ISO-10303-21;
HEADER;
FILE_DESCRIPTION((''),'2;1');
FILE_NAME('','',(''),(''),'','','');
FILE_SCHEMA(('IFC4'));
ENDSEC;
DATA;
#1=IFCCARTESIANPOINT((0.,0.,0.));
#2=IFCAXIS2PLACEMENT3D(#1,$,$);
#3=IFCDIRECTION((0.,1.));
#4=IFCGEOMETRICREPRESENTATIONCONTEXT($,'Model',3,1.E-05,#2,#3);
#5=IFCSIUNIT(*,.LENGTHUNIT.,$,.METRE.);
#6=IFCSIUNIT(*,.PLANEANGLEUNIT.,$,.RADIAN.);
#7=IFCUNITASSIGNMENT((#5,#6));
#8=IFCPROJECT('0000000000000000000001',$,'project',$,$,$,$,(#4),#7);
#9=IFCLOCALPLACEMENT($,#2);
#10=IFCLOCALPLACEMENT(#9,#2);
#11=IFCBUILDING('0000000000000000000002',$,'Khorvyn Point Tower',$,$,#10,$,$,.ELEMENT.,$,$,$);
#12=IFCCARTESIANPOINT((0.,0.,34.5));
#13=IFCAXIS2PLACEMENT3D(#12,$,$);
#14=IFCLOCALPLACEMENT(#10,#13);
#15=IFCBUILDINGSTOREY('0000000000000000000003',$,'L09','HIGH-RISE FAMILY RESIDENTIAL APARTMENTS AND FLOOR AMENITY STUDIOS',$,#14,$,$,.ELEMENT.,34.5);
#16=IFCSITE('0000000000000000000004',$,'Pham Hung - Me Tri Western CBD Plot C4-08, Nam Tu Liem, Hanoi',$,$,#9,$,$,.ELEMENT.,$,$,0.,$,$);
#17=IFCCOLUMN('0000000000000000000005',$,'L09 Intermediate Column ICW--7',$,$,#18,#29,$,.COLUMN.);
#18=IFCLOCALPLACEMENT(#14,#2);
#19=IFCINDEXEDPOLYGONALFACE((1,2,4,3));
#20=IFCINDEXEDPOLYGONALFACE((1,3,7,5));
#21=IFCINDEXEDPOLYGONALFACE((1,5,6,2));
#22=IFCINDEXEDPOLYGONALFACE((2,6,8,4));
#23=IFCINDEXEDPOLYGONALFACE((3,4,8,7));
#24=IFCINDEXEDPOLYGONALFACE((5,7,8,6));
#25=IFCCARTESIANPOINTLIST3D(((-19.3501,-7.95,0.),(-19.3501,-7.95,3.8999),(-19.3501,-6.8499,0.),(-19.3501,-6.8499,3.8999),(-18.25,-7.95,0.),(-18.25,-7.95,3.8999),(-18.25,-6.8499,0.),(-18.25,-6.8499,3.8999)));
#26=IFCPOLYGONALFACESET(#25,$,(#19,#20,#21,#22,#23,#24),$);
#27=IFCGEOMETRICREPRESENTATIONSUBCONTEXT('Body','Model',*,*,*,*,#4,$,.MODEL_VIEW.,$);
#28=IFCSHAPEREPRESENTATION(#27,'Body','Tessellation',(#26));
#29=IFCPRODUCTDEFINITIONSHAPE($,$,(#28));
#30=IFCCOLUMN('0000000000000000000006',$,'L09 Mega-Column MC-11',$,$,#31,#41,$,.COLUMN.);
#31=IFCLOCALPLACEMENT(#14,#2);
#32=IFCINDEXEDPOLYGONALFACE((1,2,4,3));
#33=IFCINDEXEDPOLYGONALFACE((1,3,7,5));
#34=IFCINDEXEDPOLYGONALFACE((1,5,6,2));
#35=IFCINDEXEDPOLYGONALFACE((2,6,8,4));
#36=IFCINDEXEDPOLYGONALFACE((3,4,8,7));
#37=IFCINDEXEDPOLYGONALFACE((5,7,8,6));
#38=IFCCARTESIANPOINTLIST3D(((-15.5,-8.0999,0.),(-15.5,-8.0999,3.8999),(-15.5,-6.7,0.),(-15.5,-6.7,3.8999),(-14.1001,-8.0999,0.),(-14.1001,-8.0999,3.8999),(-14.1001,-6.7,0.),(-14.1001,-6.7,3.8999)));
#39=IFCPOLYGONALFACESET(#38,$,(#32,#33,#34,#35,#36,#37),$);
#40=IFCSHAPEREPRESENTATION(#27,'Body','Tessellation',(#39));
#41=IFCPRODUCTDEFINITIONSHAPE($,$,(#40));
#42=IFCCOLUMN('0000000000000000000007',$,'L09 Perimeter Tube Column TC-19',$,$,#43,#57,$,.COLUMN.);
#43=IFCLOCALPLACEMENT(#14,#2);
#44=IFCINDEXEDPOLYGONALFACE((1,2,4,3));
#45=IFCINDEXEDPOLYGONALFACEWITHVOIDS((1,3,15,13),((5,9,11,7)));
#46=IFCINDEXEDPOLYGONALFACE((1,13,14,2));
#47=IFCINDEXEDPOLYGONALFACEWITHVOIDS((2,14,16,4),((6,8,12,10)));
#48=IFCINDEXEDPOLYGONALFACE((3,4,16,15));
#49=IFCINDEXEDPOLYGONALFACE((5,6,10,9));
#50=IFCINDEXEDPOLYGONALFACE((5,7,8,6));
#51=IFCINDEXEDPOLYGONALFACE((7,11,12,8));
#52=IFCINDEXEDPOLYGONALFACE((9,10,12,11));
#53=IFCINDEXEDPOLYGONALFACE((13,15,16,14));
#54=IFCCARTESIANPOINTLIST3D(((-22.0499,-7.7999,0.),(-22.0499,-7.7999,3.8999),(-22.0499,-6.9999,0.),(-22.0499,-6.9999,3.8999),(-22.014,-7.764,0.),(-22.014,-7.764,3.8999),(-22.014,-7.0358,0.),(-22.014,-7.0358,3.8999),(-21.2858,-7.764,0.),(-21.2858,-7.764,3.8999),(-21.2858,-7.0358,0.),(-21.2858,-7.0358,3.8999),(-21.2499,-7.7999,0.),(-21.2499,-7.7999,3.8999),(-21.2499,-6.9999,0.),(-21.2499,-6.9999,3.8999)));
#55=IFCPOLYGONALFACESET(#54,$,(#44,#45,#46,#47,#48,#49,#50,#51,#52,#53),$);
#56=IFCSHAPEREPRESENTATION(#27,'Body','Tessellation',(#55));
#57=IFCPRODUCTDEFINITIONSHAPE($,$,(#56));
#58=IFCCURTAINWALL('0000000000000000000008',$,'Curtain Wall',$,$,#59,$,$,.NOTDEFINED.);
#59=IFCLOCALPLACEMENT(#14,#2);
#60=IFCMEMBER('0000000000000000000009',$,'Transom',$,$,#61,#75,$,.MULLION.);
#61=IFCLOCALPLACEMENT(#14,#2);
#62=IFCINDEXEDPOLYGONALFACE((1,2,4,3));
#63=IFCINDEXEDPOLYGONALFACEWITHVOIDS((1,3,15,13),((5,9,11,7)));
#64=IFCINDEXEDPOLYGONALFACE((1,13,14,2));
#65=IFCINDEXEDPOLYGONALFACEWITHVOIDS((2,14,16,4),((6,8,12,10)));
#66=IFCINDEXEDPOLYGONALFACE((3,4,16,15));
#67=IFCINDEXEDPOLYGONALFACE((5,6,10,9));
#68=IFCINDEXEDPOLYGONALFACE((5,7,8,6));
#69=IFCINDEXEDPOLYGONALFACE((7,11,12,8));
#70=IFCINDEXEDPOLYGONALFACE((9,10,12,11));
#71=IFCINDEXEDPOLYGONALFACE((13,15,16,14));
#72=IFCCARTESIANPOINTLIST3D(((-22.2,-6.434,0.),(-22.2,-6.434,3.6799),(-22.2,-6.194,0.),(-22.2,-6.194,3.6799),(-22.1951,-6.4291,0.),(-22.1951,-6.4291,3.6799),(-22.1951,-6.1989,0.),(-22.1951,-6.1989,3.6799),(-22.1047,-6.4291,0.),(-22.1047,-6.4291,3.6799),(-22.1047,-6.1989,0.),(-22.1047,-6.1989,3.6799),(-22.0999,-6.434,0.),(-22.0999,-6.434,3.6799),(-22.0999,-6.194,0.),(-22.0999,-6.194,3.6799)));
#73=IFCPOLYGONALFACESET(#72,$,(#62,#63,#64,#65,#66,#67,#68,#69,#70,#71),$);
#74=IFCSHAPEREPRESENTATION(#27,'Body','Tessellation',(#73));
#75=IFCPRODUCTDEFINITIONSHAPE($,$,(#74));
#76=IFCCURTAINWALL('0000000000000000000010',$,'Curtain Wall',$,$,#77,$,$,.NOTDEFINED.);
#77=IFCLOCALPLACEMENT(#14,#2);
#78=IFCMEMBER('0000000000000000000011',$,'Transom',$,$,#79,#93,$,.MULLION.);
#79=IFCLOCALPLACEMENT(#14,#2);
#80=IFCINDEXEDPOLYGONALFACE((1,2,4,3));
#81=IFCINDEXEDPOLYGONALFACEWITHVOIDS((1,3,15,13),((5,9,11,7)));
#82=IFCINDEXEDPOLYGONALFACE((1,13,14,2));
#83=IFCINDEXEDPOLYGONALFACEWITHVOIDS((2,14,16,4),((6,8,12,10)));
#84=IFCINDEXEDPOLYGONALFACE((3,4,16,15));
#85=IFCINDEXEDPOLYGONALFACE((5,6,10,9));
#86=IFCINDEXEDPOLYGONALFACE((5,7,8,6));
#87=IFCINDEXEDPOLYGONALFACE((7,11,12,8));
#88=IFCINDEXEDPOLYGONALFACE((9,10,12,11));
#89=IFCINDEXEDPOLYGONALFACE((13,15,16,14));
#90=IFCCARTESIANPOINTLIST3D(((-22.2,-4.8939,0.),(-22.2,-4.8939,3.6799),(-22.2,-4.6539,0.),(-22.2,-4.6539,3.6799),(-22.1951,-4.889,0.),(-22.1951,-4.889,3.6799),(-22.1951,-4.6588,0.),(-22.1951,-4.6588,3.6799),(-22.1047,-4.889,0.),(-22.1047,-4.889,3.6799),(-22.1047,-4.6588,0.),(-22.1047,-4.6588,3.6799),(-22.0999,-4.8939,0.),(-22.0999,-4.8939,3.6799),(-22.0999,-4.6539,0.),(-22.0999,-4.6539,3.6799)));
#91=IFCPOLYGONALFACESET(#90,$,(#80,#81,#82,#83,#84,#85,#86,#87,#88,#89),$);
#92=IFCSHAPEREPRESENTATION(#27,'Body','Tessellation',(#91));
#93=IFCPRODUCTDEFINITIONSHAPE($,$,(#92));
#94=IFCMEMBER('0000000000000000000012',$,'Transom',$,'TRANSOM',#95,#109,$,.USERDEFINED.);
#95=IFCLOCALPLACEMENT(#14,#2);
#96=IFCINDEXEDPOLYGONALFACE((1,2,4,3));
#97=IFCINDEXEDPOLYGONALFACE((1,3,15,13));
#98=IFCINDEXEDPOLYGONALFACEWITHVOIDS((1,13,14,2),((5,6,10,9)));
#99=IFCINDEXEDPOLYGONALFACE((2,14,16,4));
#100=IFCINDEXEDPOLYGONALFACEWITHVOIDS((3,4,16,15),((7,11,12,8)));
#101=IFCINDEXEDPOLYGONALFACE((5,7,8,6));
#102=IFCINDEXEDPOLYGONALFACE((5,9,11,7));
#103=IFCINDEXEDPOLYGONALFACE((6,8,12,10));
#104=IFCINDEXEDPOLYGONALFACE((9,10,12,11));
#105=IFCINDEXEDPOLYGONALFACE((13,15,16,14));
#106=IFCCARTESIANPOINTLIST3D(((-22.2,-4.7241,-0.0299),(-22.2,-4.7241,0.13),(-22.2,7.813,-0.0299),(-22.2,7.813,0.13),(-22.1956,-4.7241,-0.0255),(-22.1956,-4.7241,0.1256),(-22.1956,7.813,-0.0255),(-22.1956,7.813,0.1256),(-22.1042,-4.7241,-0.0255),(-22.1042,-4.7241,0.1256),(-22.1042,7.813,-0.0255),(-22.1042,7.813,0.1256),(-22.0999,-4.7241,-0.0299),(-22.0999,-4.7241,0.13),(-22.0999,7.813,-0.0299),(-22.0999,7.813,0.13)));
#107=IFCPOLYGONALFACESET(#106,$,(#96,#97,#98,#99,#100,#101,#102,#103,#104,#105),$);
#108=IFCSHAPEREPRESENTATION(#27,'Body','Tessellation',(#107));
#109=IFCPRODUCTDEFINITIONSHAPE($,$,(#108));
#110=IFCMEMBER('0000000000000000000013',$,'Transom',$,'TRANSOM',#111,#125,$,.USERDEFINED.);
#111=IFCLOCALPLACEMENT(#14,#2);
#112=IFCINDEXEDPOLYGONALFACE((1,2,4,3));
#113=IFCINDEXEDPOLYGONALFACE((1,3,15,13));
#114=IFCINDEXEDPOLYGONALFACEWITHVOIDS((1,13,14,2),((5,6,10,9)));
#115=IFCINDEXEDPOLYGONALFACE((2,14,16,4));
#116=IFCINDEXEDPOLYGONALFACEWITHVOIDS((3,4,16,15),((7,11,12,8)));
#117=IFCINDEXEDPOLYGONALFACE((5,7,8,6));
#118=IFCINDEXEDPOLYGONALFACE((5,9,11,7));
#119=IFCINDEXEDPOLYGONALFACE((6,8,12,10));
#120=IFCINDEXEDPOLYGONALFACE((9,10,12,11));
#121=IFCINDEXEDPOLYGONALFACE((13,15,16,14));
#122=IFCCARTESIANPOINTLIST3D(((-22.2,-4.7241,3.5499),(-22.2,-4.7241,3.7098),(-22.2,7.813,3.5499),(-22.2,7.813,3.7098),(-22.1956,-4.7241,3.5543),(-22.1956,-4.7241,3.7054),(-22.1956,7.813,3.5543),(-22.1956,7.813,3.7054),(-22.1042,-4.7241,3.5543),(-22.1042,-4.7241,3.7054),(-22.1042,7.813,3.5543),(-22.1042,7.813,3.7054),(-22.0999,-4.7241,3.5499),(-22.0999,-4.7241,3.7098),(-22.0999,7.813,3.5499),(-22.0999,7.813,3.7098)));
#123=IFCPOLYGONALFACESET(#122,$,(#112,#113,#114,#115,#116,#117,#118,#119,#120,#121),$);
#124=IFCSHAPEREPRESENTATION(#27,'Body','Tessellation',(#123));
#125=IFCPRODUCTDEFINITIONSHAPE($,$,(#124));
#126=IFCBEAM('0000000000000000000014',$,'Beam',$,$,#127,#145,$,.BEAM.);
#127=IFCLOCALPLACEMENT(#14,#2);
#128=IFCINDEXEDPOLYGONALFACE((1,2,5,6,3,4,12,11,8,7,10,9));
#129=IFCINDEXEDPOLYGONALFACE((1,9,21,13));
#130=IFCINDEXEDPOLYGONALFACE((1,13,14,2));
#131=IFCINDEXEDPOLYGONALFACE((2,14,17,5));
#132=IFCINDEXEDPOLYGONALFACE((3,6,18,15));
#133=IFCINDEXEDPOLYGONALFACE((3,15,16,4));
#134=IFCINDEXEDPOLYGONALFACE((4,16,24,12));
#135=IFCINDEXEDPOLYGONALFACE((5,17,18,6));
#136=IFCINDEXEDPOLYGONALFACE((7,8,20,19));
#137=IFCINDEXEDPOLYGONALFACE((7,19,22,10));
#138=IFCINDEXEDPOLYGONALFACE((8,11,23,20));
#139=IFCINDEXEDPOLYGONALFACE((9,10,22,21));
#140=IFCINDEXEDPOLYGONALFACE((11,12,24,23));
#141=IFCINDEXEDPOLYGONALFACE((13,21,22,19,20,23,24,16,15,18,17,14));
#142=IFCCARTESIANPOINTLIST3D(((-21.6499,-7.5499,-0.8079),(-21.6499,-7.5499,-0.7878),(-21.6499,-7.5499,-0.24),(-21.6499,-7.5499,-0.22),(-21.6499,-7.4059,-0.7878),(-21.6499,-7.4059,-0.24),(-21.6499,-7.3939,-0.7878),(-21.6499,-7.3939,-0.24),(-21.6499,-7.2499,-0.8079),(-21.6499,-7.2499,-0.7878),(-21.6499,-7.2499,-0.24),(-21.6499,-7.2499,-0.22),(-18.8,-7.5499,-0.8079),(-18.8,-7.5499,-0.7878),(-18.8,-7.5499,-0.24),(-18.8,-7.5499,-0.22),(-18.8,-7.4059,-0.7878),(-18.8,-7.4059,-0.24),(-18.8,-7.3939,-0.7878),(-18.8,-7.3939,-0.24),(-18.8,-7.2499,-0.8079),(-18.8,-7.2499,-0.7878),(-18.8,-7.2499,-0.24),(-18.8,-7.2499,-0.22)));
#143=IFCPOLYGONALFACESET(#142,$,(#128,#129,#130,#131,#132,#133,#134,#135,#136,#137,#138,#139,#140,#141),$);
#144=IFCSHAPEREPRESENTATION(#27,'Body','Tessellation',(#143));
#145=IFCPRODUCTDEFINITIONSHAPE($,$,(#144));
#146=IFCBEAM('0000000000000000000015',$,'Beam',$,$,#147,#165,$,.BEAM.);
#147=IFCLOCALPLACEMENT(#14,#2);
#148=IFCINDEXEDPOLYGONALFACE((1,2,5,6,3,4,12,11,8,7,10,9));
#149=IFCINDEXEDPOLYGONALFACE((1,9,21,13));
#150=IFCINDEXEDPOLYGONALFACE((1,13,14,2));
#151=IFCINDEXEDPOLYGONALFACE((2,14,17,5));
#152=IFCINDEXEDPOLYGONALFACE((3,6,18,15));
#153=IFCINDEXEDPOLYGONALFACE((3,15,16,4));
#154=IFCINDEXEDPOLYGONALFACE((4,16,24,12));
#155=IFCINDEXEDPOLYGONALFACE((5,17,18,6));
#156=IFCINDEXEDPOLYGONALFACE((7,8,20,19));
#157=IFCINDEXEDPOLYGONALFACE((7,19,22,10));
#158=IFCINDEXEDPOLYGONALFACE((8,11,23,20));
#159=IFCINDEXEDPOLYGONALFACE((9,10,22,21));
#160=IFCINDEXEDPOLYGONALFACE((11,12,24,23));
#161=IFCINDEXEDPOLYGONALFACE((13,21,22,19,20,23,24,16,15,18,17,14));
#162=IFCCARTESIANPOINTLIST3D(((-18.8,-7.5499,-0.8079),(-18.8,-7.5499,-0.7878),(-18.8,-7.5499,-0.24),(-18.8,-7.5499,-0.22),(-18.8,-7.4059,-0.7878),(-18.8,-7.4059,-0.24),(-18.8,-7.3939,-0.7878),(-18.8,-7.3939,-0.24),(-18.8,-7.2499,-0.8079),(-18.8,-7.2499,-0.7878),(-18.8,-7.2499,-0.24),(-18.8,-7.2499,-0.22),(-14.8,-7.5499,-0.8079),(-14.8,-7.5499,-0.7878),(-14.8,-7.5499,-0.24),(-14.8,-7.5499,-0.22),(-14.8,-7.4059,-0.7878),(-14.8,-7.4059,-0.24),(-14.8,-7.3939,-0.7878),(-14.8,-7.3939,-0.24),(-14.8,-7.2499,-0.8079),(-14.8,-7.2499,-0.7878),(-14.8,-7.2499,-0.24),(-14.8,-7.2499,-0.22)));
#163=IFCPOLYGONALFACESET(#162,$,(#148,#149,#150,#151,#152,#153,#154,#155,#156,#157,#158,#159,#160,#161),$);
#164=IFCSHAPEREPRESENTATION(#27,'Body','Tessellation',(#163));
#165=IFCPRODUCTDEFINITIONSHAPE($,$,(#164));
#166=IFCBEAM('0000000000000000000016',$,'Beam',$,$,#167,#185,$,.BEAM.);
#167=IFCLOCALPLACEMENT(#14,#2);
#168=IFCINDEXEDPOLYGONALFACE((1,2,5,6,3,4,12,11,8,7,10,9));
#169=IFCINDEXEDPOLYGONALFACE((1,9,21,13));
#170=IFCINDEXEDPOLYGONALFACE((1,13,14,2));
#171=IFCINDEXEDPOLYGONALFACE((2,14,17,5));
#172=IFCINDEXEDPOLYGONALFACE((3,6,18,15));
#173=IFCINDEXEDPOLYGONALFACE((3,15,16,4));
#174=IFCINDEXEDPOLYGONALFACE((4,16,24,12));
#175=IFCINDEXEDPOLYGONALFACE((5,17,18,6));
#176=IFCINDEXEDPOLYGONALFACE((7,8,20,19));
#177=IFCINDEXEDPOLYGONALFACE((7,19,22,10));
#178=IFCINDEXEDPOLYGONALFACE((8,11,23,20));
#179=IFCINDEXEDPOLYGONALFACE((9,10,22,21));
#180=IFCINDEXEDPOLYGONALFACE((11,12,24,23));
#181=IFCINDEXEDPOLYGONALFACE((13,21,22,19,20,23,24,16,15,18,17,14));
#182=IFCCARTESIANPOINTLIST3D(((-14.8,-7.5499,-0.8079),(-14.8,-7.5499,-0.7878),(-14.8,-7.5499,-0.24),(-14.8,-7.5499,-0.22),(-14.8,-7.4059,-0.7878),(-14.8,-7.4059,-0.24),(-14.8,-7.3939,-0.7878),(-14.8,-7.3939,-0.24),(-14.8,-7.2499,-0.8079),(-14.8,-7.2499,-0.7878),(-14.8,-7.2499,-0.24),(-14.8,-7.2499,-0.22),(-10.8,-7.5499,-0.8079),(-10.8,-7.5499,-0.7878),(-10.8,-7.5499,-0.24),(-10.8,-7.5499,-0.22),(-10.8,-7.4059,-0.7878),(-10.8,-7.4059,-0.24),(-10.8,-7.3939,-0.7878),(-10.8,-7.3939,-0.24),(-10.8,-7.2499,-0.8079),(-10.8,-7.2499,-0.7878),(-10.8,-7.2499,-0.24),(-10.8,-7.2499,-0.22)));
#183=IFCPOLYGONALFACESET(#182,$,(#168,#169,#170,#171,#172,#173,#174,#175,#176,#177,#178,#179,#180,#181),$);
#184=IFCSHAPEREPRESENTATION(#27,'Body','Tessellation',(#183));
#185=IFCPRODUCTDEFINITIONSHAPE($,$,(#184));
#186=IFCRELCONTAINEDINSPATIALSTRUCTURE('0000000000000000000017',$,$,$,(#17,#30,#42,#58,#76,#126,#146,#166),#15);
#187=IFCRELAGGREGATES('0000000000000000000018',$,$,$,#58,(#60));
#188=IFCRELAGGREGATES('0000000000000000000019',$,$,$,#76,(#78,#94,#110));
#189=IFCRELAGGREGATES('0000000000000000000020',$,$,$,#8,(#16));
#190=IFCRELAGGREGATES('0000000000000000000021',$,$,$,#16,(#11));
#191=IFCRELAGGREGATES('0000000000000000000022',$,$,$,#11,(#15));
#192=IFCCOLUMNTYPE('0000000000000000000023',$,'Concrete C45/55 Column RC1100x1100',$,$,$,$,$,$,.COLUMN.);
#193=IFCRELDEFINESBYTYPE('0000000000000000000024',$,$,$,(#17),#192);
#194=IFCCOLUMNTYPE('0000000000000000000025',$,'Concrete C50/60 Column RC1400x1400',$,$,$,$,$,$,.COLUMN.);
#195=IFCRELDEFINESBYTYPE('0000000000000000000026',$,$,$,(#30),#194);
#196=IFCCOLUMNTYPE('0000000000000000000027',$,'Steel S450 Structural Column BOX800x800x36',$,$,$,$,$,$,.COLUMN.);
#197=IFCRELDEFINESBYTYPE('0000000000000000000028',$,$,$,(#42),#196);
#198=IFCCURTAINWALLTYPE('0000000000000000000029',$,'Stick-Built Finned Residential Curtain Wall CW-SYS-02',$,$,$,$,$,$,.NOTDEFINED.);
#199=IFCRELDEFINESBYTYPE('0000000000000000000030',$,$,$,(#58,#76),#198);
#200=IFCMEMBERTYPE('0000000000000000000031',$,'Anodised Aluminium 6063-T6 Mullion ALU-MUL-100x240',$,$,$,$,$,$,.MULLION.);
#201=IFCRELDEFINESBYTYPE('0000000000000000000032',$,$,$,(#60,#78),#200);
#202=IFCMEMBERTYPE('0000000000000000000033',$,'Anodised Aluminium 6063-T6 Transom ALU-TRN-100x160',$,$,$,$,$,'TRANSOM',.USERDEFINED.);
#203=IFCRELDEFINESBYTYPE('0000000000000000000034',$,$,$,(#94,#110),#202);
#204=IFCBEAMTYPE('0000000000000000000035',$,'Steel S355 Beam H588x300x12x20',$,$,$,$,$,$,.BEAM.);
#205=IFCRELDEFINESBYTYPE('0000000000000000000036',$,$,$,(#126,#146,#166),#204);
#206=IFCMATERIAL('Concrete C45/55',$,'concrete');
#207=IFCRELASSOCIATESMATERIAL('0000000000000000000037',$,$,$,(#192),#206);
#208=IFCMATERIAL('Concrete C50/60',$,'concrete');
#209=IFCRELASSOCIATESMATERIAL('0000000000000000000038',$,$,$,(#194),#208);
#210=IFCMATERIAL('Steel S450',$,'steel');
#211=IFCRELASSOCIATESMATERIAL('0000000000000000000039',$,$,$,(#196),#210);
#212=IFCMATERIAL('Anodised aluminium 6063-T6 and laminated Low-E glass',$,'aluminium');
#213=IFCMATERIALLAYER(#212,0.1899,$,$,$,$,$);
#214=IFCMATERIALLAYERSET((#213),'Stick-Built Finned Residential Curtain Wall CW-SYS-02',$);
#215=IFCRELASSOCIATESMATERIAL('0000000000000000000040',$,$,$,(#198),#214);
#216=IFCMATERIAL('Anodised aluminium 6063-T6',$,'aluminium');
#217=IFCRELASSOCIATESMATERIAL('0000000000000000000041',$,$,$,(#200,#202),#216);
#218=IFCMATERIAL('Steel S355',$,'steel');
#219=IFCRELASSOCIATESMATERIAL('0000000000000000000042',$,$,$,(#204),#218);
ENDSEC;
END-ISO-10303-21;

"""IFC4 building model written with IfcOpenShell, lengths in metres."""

from ifc_helpers import new_model, si_unit, direction, frame, origin, origin_2d, place, context, subcontext, project, spatial, rectangle, hollow_rectangle, i_section, extrude, material, layer, layer_set, material_profile, profile_set, type_object, element, aggregate, save


model = new_model("IFC4")

# Units and contexts
model_context = context("Model", 3, precision=1e-05, world=origin(), true_north=direction((0.0, 1.0)))
body_context = subcontext(model_context, "Body", "Model", "MODEL_VIEW")
ifc_project = project(units=[si_unit("LENGTHUNIT", "METRE"), si_unit("PLANEANGLEUNIT", "RADIAN")], contexts=[model_context])

# Site, building, storey
site_placement = place(None, origin())
site = spatial("IfcSite", under=ifc_project, at=site_placement, Name="Pham Hung - Me Tri Western CBD Plot C4-08, Nam Tu Liem, Hanoi", CompositionType="ELEMENT", RefElevation=0.0)
building_placement = place(site_placement, origin())
building = spatial("IfcBuilding", under=site, at=building_placement, Name="Khorvyn Point Tower", CompositionType="ELEMENT")
storey_placement = place(building_placement, frame((0.0, 0.0, 34.5)))
storey = spatial("IfcBuildingStorey", under=building, at=storey_placement, Name="L09", Description="HIGH-RISE FAMILY RESIDENTIAL APARTMENTS AND FLOOR AMENITY STUDIOS", CompositionType="ELEMENT", Elevation=34.5)

# Columns
ifc_material_1 = material(Name="Concrete C45/55", Category="concrete")
ifc_material_profile_1 = material_profile(ifc_material_1, rectangle(XDim=1.1001, YDim=1.1001, at=origin_2d()))
ifc_profile_set_1 = profile_set([ifc_material_profile_1], Name="Concrete C45/55 RC1100x1100")
column_type_1 = type_object("IfcColumnType", Name="Concrete C45/55 Column RC1100x1100", PredefinedType="COLUMN", material=ifc_profile_set_1)
column_1_placement = place(storey_placement, frame((-18.8, -7.3999, 0.0), z_axis=(0.0, 0.0, 1.0), x_axis=(1.0, 0.0, 0.0)))
element("IfcColumn", 1, at=column_1_placement, inside=storey, type_object=column_type_1, Name="L09 Intermediate Column ICW--7", PredefinedType="COLUMN", context=body_context, shape_type="SweptSolid", body=[
    extrude(rectangle(XDim=1.1001, YDim=1.1001, at=origin_2d()), origin(), (0.0, 0.0, 1.0), 3.8999),
])
ifc_material_2 = material(Name="Concrete C50/60", Category="concrete")
ifc_material_profile_2 = material_profile(ifc_material_2, rectangle(XDim=1.3999, YDim=1.3999, at=origin_2d()))
ifc_profile_set_2 = profile_set([ifc_material_profile_2], Name="Concrete C50/60 RC1400x1400")
column_type_2 = type_object("IfcColumnType", Name="Concrete C50/60 Column RC1400x1400", PredefinedType="COLUMN", material=ifc_profile_set_2)
column_2_placement = place(storey_placement, frame((-14.8, -7.3999, 0.0), z_axis=(0.0, 0.0, 1.0), x_axis=(1.0, 0.0, 0.0)))
element("IfcColumn", 2, at=column_2_placement, inside=storey, type_object=column_type_2, Name="L09 Mega-Column MC-11", PredefinedType="COLUMN", context=body_context, shape_type="SweptSolid", body=[
    extrude(rectangle(XDim=1.3999, YDim=1.3999, at=origin_2d()), origin(), (0.0, 0.0, 1.0), 3.8999),
])
ifc_material_3 = material(Name="Steel S450", Category="steel")
ifc_material_profile_3 = material_profile(ifc_material_3, hollow_rectangle(XDim=0.8, YDim=0.8, WallThickness=0.0359, at=origin_2d()))
ifc_profile_set_3 = profile_set([ifc_material_profile_3], Name="Steel S450 BOX800x800x36")
column_type_3 = type_object("IfcColumnType", Name="Steel S450 Structural Column BOX800x800x36", PredefinedType="COLUMN", material=ifc_profile_set_3)
column_3_placement = place(storey_placement, frame((-21.6499, -7.3999, 0.0), z_axis=(0.0, 0.0, 1.0), x_axis=(1.0, 0.0, 0.0)))
element("IfcColumn", 3, at=column_3_placement, inside=storey, type_object=column_type_3, Name="L09 Perimeter Tube Column TC-19", PredefinedType="COLUMN", context=body_context, shape_type="SweptSolid", body=[
    extrude(hollow_rectangle(XDim=0.8, YDim=0.8, WallThickness=0.0359, at=origin_2d()), origin(), (0.0, 0.0, 1.0), 3.8999),
])

# Curtain wall, member
ifc_material_4 = material(Name="Anodised aluminium 6063-T6 and laminated Low-E glass", Category="aluminium")
ifc_layer_1 = layer(ifc_material_4, 0.1899)
ifc_layer_set_1 = layer_set([ifc_layer_1], Name="Stick-Built Finned Residential Curtain Wall CW-SYS-02")
curtain_wall_type = type_object("IfcCurtainWallType", Name="Stick-Built Finned Residential Curtain Wall CW-SYS-02", PredefinedType="NOTDEFINED", material=ifc_layer_set_1)
curtain_wall_1_placement = place(storey_placement, origin())
curtain_wall_1 = element("IfcCurtainWall", 4, at=curtain_wall_1_placement, inside=storey, type_object=curtain_wall_type, Name="Curtain Wall", PredefinedType="NOTDEFINED")
ifc_material_5 = material(Name="Anodised aluminium 6063-T6", Category="aluminium")
ifc_material_profile_4 = material_profile(ifc_material_5, hollow_rectangle(XDim=0.1001, YDim=0.24, WallThickness=0.0049, at=origin_2d()))
ifc_profile_set_4 = profile_set([ifc_material_profile_4], Name="Anodised aluminium 6063-T6 ALU-MUL-100x240")
member_type_1 = type_object("IfcMemberType", Name="Anodised Aluminium 6063-T6 Mullion ALU-MUL-100x240", PredefinedType="MULLION", material=ifc_profile_set_4)
member_1_placement = place(storey_placement, frame((-22.1499, -6.314, 0.0), z_axis=(0.0, 0.0, 1.0), x_axis=(-1.0, 0.0, 0.0)))
member_1 = element("IfcMember", 5, at=member_1_placement, type_object=member_type_1, Name="Transom", PredefinedType="MULLION", context=body_context, shape_type="SweptSolid", body=[
    extrude(hollow_rectangle(XDim=0.1001, YDim=0.24, WallThickness=0.0049, at=origin_2d()), origin(), (0.0, 0.0, 1.0), 3.6799),
])

# Curtain wall, members
curtain_wall_2_placement = place(storey_placement, origin())
curtain_wall_2 = element("IfcCurtainWall", 6, at=curtain_wall_2_placement, inside=storey, type_object=curtain_wall_type, Name="Curtain Wall", PredefinedType="NOTDEFINED")
member_2_placement = place(storey_placement, frame((-22.1499, -4.7739, 0.0), z_axis=(0.0, 0.0, 1.0), x_axis=(-1.0, 0.0, 0.0)))
member_2 = element("IfcMember", 7, at=member_2_placement, type_object=member_type_1, Name="Transom", PredefinedType="MULLION", context=body_context, shape_type="SweptSolid", body=[
    extrude(hollow_rectangle(XDim=0.1001, YDim=0.24, WallThickness=0.0049, at=origin_2d()), origin(), (0.0, 0.0, 1.0), 3.6799),
])
ifc_material_profile_5 = material_profile(ifc_material_5, hollow_rectangle(XDim=0.1001, YDim=0.1599, WallThickness=0.0044, at=origin_2d()))
ifc_profile_set_5 = profile_set([ifc_material_profile_5], Name="Anodised aluminium 6063-T6 ALU-TRN-100x160")
member_type_2 = type_object("IfcMemberType", Name="Anodised Aluminium 6063-T6 Transom ALU-TRN-100x160", ElementType="TRANSOM", PredefinedType="USERDEFINED", material=ifc_profile_set_5)
member_3_placement = place(storey_placement, frame((-22.1499, -4.7241, 0.05), z_axis=(0.0, 1.0, 0.0), x_axis=(-1.0, 0.0, 0.0)))
member_3 = element("IfcMember", 8, at=member_3_placement, type_object=member_type_2, Name="Transom", ObjectType="TRANSOM", PredefinedType="USERDEFINED", context=body_context, shape_type="SweptSolid", body=[
    extrude(hollow_rectangle(XDim=0.1001, YDim=0.1599, WallThickness=0.0044, at=origin_2d()), origin(), (0.0, 0.0, 1.0), 12.5371),
])
member_4_placement = place(storey_placement, frame((-22.1499, -4.7241, 3.6299), z_axis=(0.0, 1.0, 0.0), x_axis=(-1.0, 0.0, 0.0)))
member_4 = element("IfcMember", 9, at=member_4_placement, type_object=member_type_2, Name="Transom", ObjectType="TRANSOM", PredefinedType="USERDEFINED", context=body_context, shape_type="SweptSolid", body=[
    extrude(hollow_rectangle(XDim=0.1001, YDim=0.1599, WallThickness=0.0044, at=origin_2d()), origin(), (0.0, 0.0, 1.0), 12.5371),
])

# Beams
ifc_material_6 = material(Name="Steel S355", Category="steel")
ifc_material_profile_6 = material_profile(ifc_material_6, i_section(OverallWidth=0.3, OverallDepth=0.5879, WebThickness=0.012, FlangeThickness=0.02, at=origin_2d()))
ifc_profile_set_6 = profile_set([ifc_material_profile_6], Name="Steel S355 H588x300x12x20")
beam_type_1 = type_object("IfcBeamType", Name="Steel S355 Beam H588x300x12x20", PredefinedType="BEAM", material=ifc_profile_set_6)
beam_1_placement = place(storey_placement, frame((-21.6499, -7.3999, -0.5139), z_axis=(1.0, 0.0, 0.0), x_axis=(0.0, 1.0, 0.0)))
element("IfcBeam", 10, at=beam_1_placement, inside=storey, type_object=beam_type_1, Name="Beam", PredefinedType="BEAM", context=body_context, shape_type="SweptSolid", body=[
    extrude(i_section(OverallWidth=0.3, OverallDepth=0.5879, WebThickness=0.012, FlangeThickness=0.02, at=origin_2d()), origin(), (0.0, 0.0, 1.0), 2.8499),
])
for number, where, z_axis, x_axis, name in (
    (11, (-18.8, -7.3999, -0.5139), (1.0, 0.0, 0.0), (0.0, 1.0, 0.0), "Beam"),
    (12, (-14.8, -7.3999, -0.5139), (1.0, 0.0, 0.0), (0.0, 1.0, 0.0), "Beam"),
):
    element("IfcBeam", number, at=place(storey_placement, frame(where, z_axis=z_axis, x_axis=x_axis)), inside=storey, type_object=beam_type_1, Name=name, PredefinedType="BEAM", context=body_context, shape_type="SweptSolid", body=[
        extrude(i_section(OverallWidth=0.3, OverallDepth=0.5879, WebThickness=0.012, FlangeThickness=0.02, at=origin_2d()), origin(), (0.0, 0.0, 1.0), 4.0),
    ])

aggregate(curtain_wall_1, [member_1])
aggregate(curtain_wall_2, [member_2, member_3, member_4])

save(model, "model.ifc")
